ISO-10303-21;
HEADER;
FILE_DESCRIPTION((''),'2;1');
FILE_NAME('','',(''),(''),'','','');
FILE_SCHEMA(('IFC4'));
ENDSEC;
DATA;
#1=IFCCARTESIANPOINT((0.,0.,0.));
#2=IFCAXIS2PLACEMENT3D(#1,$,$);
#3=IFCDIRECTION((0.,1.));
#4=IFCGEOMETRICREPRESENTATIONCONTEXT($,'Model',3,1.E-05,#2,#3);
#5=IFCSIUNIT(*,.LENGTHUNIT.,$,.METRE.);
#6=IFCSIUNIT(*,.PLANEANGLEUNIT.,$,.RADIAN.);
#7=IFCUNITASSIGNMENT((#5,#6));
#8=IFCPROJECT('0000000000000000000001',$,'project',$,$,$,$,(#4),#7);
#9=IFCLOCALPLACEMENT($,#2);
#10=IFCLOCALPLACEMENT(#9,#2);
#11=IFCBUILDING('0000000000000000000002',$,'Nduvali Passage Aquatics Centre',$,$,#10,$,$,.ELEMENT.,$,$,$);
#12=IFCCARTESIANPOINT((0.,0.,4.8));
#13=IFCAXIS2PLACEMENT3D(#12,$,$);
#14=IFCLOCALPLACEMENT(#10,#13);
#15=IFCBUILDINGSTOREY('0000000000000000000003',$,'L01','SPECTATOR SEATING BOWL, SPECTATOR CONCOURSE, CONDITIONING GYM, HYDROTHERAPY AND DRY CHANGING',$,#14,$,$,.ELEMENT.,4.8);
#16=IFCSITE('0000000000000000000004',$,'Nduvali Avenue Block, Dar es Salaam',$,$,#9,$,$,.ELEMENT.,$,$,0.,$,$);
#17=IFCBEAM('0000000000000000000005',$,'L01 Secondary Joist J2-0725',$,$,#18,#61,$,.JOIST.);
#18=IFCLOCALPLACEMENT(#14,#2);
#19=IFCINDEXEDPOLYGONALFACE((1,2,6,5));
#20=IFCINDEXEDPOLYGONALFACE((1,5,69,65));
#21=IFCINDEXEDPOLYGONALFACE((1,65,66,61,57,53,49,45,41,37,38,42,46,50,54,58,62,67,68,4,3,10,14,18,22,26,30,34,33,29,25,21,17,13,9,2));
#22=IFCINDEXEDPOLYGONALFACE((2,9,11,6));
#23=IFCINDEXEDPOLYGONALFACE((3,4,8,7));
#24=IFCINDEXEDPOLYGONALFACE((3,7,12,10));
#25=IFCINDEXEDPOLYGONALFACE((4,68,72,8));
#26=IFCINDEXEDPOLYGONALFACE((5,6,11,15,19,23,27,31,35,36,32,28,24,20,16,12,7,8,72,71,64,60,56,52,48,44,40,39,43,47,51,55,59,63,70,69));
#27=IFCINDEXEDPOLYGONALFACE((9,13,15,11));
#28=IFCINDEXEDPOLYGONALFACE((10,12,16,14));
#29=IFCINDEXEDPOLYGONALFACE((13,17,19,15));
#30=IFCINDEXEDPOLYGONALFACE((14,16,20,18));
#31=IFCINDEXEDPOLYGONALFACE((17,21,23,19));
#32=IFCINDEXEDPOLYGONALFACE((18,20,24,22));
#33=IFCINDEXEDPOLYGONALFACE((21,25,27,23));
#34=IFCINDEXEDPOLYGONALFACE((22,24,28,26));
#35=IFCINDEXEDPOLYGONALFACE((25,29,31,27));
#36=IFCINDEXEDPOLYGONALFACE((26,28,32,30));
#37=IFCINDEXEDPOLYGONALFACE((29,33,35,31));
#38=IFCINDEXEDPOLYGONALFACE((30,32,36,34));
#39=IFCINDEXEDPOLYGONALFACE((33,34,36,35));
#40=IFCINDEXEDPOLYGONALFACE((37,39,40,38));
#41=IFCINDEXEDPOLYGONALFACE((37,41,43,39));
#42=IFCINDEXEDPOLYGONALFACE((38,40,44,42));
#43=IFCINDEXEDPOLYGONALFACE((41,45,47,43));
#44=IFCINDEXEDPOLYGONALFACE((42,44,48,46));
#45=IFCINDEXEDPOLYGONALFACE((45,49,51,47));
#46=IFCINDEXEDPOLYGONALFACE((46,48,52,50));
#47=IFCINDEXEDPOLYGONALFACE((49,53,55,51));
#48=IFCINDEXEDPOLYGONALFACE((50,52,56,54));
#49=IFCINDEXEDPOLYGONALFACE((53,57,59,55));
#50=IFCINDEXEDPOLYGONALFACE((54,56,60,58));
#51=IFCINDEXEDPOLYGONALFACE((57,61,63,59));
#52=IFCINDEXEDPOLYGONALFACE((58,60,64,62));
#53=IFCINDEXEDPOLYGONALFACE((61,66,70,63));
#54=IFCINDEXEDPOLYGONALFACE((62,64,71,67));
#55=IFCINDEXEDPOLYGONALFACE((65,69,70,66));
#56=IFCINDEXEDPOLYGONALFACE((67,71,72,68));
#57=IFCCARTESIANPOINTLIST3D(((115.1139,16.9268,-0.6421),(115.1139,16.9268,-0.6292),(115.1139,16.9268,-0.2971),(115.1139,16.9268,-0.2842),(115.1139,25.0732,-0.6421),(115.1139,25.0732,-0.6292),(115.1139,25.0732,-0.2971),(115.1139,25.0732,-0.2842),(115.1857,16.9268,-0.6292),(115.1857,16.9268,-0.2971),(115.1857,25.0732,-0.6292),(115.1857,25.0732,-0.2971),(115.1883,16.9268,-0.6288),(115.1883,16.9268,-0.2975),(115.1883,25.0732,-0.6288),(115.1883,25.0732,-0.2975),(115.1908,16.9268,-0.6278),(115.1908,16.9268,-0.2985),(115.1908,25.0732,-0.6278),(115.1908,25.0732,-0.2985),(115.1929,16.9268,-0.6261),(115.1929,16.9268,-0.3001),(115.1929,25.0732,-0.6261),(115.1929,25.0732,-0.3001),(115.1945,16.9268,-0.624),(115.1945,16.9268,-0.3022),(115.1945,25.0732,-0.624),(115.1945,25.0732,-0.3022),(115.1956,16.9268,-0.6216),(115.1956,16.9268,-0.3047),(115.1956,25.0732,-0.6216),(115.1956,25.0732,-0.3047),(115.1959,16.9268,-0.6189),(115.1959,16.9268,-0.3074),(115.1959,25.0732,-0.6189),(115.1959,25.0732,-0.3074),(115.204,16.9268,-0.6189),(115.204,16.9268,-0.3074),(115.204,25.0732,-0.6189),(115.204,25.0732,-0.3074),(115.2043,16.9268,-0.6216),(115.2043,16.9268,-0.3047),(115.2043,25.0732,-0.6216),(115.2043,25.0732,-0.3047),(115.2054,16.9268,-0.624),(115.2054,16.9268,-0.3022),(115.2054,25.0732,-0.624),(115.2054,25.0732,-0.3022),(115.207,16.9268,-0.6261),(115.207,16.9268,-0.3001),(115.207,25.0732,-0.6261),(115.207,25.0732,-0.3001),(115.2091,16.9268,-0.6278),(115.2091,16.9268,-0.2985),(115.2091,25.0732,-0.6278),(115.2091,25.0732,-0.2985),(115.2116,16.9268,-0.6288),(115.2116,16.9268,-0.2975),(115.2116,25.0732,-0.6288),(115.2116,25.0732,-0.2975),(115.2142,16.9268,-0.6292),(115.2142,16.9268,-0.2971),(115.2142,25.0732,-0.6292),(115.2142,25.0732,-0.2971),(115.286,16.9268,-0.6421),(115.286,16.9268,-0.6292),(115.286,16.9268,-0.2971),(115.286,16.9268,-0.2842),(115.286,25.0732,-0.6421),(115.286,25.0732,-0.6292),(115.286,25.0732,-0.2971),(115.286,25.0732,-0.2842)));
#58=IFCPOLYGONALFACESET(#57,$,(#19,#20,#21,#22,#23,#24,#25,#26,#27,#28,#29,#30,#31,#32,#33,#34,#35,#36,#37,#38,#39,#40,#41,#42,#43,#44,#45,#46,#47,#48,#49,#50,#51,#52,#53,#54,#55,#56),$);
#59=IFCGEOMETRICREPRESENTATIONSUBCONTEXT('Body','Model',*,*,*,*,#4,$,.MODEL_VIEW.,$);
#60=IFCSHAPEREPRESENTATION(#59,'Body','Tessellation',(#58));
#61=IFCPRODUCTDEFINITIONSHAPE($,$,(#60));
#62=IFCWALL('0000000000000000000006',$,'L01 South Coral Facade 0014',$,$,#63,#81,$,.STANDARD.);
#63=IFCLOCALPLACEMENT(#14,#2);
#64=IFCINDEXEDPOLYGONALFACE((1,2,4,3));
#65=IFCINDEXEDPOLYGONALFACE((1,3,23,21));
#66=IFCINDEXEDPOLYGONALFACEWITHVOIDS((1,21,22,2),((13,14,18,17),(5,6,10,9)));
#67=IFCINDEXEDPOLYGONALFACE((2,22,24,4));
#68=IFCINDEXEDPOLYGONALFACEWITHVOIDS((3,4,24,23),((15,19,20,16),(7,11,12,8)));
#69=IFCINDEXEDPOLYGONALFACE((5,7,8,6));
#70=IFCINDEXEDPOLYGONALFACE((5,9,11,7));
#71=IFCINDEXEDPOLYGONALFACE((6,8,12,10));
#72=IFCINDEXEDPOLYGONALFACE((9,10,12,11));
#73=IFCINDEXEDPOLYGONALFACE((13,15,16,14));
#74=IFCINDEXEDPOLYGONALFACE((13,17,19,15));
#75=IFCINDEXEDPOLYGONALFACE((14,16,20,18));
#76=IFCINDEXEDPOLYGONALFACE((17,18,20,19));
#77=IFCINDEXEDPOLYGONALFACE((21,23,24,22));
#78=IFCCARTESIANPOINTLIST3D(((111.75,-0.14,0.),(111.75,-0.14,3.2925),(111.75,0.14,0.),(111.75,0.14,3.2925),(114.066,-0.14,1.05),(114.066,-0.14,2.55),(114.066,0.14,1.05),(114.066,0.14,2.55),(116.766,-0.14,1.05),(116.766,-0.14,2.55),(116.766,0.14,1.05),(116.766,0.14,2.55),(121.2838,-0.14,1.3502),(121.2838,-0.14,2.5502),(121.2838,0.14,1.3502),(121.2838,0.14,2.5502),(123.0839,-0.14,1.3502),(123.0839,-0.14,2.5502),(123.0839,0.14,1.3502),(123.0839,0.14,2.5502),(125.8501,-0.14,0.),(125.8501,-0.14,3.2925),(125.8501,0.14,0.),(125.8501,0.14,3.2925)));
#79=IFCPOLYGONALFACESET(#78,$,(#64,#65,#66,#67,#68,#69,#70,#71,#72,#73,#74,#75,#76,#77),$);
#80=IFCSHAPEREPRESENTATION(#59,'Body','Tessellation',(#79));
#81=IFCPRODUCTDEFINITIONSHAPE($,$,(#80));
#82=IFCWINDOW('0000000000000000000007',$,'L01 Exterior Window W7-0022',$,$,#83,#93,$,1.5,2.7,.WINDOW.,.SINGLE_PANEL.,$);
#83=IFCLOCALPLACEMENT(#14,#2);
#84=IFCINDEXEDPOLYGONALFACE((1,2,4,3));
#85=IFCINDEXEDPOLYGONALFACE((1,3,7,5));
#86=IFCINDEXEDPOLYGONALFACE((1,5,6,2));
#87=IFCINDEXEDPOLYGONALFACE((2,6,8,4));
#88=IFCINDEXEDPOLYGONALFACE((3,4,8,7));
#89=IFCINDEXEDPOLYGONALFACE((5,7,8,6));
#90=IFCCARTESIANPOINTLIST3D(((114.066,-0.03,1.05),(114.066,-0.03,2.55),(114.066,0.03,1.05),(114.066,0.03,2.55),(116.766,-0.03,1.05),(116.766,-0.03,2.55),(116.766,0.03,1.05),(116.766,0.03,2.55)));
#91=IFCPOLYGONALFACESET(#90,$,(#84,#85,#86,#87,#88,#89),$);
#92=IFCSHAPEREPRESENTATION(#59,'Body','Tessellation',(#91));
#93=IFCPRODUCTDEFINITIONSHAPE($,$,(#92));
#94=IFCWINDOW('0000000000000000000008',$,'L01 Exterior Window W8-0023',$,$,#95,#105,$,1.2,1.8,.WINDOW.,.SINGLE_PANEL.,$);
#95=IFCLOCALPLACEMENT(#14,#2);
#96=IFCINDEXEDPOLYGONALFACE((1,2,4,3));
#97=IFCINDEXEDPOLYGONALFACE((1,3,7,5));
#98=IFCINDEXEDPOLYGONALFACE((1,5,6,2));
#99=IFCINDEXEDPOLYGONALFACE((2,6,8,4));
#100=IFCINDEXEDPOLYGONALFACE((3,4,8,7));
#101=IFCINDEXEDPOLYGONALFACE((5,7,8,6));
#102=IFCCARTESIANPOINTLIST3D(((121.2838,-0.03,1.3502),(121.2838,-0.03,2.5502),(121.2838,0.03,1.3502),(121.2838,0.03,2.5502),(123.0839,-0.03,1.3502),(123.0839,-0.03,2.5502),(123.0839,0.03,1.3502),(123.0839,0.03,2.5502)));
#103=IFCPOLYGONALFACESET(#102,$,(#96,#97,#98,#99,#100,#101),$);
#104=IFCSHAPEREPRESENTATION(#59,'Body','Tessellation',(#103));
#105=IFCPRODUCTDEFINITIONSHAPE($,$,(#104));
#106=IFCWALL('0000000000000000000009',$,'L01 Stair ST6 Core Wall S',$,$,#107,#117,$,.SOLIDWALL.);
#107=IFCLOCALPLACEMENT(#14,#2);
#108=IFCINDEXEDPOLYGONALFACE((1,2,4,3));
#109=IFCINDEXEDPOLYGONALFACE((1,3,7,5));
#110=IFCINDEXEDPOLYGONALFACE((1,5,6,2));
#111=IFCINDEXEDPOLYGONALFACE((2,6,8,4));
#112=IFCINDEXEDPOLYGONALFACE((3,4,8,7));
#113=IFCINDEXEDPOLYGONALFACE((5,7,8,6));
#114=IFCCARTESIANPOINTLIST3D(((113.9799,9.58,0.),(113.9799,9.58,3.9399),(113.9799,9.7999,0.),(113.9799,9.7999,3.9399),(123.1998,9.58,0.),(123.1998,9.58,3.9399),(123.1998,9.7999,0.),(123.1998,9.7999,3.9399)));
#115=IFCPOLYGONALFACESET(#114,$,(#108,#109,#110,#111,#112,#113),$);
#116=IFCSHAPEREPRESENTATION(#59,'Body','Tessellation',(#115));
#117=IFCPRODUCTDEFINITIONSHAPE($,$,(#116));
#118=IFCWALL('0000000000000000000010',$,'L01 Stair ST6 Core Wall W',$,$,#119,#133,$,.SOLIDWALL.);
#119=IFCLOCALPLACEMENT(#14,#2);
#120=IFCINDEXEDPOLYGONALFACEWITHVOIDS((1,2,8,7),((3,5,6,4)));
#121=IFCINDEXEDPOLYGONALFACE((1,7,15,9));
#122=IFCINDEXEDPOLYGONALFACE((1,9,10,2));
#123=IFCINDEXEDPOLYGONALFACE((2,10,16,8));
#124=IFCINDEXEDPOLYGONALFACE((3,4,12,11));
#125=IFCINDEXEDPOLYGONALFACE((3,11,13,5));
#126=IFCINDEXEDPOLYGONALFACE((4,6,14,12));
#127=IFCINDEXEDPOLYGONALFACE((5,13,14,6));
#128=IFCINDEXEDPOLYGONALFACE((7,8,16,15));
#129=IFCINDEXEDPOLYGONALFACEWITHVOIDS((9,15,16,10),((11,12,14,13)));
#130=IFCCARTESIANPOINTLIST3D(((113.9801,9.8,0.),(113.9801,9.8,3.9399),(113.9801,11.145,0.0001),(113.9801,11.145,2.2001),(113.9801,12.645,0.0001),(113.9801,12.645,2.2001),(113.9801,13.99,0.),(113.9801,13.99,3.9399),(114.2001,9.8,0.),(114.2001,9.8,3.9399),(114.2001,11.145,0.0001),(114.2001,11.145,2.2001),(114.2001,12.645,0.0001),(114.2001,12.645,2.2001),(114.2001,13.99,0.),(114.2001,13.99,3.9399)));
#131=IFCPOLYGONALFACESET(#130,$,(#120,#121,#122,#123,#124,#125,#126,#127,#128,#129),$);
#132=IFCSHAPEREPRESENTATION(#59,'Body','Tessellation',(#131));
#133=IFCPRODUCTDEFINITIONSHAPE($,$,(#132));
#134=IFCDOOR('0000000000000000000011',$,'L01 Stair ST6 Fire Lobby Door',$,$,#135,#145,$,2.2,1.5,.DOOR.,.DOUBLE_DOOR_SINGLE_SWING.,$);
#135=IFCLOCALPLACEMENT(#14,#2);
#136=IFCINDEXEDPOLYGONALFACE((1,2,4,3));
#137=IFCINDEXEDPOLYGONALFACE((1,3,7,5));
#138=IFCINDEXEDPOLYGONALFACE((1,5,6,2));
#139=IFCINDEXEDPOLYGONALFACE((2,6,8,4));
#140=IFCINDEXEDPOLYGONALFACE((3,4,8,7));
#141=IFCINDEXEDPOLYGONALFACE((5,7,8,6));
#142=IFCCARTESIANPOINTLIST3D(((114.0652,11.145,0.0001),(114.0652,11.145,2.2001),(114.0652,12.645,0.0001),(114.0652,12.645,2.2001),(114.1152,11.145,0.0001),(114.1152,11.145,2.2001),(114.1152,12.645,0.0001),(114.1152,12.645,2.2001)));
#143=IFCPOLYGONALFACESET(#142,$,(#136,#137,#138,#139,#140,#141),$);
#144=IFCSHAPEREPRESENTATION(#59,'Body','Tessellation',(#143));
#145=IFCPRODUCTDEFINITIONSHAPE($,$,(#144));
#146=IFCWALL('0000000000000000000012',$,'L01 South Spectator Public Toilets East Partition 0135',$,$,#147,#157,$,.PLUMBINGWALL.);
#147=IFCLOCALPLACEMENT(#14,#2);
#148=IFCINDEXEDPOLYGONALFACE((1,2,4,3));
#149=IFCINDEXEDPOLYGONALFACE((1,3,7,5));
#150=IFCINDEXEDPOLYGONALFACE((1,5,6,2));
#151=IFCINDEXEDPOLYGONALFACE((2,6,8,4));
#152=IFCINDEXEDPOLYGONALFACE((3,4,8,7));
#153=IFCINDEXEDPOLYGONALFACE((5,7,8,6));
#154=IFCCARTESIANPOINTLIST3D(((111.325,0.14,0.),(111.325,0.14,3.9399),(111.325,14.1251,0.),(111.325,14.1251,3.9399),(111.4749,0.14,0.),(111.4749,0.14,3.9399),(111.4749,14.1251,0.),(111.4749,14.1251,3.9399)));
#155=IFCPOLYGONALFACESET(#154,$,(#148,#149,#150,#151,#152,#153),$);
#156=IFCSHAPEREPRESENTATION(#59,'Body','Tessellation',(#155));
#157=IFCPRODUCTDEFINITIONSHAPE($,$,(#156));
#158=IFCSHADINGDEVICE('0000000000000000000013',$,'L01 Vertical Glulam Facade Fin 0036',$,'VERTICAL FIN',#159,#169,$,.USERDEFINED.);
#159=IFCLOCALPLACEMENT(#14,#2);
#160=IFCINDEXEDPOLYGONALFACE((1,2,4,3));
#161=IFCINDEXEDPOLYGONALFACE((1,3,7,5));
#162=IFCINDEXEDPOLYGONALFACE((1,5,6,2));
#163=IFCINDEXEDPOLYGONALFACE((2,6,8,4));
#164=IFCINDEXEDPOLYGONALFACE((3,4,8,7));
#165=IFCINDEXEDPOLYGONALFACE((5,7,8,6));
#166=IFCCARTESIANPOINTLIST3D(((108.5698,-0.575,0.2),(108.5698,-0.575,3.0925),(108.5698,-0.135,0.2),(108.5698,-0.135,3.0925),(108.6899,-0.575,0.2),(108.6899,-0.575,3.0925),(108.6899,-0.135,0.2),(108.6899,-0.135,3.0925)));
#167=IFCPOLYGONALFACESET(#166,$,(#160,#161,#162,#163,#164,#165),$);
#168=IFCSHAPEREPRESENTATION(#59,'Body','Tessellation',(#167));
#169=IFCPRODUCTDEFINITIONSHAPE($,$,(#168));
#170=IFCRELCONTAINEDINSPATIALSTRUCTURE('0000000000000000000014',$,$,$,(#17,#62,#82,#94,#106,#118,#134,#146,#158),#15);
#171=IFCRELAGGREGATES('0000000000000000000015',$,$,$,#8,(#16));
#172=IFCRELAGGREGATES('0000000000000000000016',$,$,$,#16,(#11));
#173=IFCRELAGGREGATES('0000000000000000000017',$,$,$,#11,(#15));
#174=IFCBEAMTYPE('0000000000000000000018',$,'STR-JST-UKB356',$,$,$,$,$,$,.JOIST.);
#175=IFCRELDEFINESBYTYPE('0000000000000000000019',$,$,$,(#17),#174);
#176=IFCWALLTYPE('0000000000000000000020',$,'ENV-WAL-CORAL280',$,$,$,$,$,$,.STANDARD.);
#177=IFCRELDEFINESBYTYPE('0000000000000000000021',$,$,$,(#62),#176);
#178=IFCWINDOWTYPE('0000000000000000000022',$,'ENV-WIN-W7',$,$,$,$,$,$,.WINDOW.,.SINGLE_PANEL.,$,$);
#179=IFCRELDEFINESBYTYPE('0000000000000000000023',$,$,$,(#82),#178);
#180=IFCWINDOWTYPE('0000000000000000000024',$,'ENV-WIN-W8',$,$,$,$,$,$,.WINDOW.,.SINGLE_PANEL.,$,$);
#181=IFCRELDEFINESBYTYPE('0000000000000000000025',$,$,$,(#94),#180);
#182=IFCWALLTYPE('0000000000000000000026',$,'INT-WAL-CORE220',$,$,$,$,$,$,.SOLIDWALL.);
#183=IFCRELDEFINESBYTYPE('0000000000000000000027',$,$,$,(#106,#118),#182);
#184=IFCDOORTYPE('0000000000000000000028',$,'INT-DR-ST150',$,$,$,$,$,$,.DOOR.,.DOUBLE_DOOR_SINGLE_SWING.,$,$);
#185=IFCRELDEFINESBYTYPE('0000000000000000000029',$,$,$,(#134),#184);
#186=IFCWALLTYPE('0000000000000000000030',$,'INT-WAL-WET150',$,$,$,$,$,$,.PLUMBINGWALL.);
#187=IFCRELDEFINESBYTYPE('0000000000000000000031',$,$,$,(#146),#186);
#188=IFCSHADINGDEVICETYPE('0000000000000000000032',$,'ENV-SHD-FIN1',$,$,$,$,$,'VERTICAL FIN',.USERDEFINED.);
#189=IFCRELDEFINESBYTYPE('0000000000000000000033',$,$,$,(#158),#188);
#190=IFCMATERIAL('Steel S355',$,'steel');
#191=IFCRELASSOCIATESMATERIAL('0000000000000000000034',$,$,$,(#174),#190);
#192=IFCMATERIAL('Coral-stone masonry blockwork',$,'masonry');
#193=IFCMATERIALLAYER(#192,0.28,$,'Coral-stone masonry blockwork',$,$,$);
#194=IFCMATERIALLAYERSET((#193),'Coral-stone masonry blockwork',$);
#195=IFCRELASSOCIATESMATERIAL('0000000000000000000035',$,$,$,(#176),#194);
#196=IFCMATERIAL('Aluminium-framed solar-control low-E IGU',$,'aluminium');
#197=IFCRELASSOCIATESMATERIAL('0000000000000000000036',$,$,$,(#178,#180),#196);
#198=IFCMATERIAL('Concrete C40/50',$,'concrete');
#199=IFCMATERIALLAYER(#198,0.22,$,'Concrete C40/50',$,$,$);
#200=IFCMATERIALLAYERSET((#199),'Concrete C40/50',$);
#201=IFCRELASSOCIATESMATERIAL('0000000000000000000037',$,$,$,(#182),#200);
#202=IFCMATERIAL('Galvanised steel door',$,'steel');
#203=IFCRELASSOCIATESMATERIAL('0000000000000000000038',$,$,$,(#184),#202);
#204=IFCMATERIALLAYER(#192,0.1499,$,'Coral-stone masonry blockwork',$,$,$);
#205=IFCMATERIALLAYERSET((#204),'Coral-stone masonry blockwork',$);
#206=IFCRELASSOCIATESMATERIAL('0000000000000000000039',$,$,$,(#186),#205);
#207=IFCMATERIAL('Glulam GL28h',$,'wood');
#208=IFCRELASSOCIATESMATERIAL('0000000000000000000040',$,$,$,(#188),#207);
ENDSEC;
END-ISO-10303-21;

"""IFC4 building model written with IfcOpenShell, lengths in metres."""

from ifc_helpers import new_model, si_unit, direction, frame, frame_2d, origin, origin_2d, place, context, subcontext, project, spatial, rectangle, i_section, extrude, material, layer, layer_set, material_profile, profile_set, type_object, element, fill, save


model = new_model("IFC4")

# Units and contexts
model_context = context("Model", 3, precision=1e-05, world=origin(), true_north=direction((0.0, 1.0)))
body_context = subcontext(model_context, "Body", "Model", "MODEL_VIEW")
ifc_project = project(units=[si_unit("LENGTHUNIT", "METRE"), si_unit("PLANEANGLEUNIT", "RADIAN")], contexts=[model_context])

# Site, building, storey
site_placement = place(None, origin())
site = spatial("IfcSite", under=ifc_project, at=site_placement, Name="Nduvali Avenue Block, Dar es Salaam", CompositionType="ELEMENT", RefElevation=0.0)
building_placement = place(site_placement, origin())
building = spatial("IfcBuilding", under=site, at=building_placement, Name="Nduvali Passage Aquatics Centre", CompositionType="ELEMENT")
storey_placement = place(building_placement, frame((0.0, 0.0, 4.8)))
storey = spatial("IfcBuildingStorey", under=building, at=storey_placement, Name="L01", Description="SPECTATOR SEATING BOWL, SPECTATOR CONCOURSE, CONDITIONING GYM, HYDROTHERAPY AND DRY CHANGING", CompositionType="ELEMENT", Elevation=4.8)

# Shared definitions
ifc_material_1 = material(Name="Steel S355", Category="steel")

# Beam
ifc_material_profile_1 = material_profile(ifc_material_1, i_section(OverallWidth=0.1721, OverallDepth=0.3579, WebThickness=0.0081, FlangeThickness=0.0129, FilletRadius=0.0103, at=origin_2d()), Name="UKB 356x171x57")
ifc_profile_set_1 = profile_set([ifc_material_profile_1], Name="Steel S355")
beam_type_1 = type_object("IfcBeamType", Name="STR-JST-UKB356", PredefinedType="JOIST", material=ifc_profile_set_1)
beam_1_placement = place(storey_placement, frame((115.2, 16.9268, -0.4631), z_axis=(0.0, 1.0, 0.0), x_axis=(-1.0, 0.0, 0.0)))
element("IfcBeam", 1, at=beam_1_placement, inside=storey, type_object=beam_type_1, Name="L01 Secondary Joist J2-0725", PredefinedType="JOIST", context=body_context, shape_type="SweptSolid", body=[
    extrude(i_section(OverallWidth=0.1721, OverallDepth=0.3579, WebThickness=0.0081, FlangeThickness=0.0129, FilletRadius=0.0103, at=origin_2d()), origin(), (0.0, 0.0, 1.0), 8.1465),
])

# Wall, openings, windows
ifc_material_2 = material(Name="Coral-stone masonry blockwork", Category="masonry")
ifc_layer_1 = layer(ifc_material_2, 0.28, Name="Coral-stone masonry blockwork")
ifc_layer_set_1 = layer_set([ifc_layer_1], Name="Coral-stone masonry blockwork")
wall_type_1 = type_object("IfcWallType", Name="ENV-WAL-CORAL280", PredefinedType="STANDARD", material=ifc_layer_set_1)
wall_1_placement = place(storey_placement, frame((111.75, 0.0, 0.0), z_axis=(0.0, 0.0, 1.0), x_axis=(1.0, 0.0, 0.0)))
wall_1 = element("IfcWall", 2, at=wall_1_placement, inside=storey, type_object=wall_type_1, Name="L01 South Coral Facade 0014", PredefinedType="STANDARD", context=body_context, shape_type="SweptSolid", body=[
    extrude(rectangle(XDim=14.1001, YDim=0.28, at=frame_2d((7.05, 0.0))), origin(), (0.0, 0.0, 1.0), 3.2925),
])
opening_1_placement = place(wall_1_placement, frame((2.3159, 0.0, 1.05)))
opening_1 = element("IfcOpeningElement", 3, at=opening_1_placement, cuts=wall_1, PredefinedType="OPENING", context=body_context, shape_type="SweptSolid", body=[
    extrude(rectangle(XDim=2.7, YDim=1.5, at=frame_2d((1.3501, 0.75))), frame((0.0, 0.1548, 0.0), z_axis=(0.0, -1.0, 0.0), x_axis=(1.0, 0.0, 0.0)), (0.0, 0.0, 1.0), 0.3098),
])
opening_2_placement = place(wall_1_placement, frame((9.5339, 0.0, 1.3501)))
opening_2 = element("IfcOpeningElement", 4, at=opening_2_placement, cuts=wall_1, PredefinedType="OPENING", context=body_context, shape_type="SweptSolid", body=[
    extrude(rectangle(XDim=1.8, YDim=1.2, at=frame_2d((0.8999, 0.6001))), frame((0.0, 0.1548, 0.0), z_axis=(0.0, -1.0, 0.0), x_axis=(1.0, 0.0, 0.0)), (0.0, 0.0, 1.0), 0.3098),
])
ifc_material_3 = material(Name="Aluminium-framed solar-control low-E IGU", Category="aluminium")
window_type_1 = type_object("IfcWindowType", Name="ENV-WIN-W7", PartitioningType="SINGLE_PANEL", PredefinedType="WINDOW", material=ifc_material_3)
window_1_placement = place(opening_1_placement, origin())
window_1 = element("IfcWindow", 5, at=window_1_placement, inside=storey, type_object=window_type_1, Name="L01 Exterior Window W7-0022", OverallHeight=1.5, OverallWidth=2.7, PartitioningType="SINGLE_PANEL", PredefinedType="WINDOW", context=body_context, shape_type="SweptSolid", body=[
    extrude(rectangle(XDim=2.7, YDim=1.5, at=frame_2d((1.3501, 0.75))), frame((0.0, 0.03, 0.0), z_axis=(0.0, -1.0, 0.0), x_axis=(1.0, 0.0, 0.0)), (0.0, 0.0, 1.0), 0.0601),
])
fill(opening_1, window_1)
window_type_2 = type_object("IfcWindowType", Name="ENV-WIN-W8", PartitioningType="SINGLE_PANEL", PredefinedType="WINDOW", material=ifc_material_3)
window_2_placement = place(opening_2_placement, origin())
window_2 = element("IfcWindow", 6, at=window_2_placement, inside=storey, type_object=window_type_2, Name="L01 Exterior Window W8-0023", OverallHeight=1.2, OverallWidth=1.8, PartitioningType="SINGLE_PANEL", PredefinedType="WINDOW", context=body_context, shape_type="SweptSolid", body=[
    extrude(rectangle(XDim=1.8, YDim=1.2, at=frame_2d((0.8999, 0.6001))), frame((0.0, 0.03, 0.0), z_axis=(0.0, -1.0, 0.0), x_axis=(1.0, 0.0, 0.0)), (0.0, 0.0, 1.0), 0.0601),
])
fill(opening_2, window_2)

# Wall
ifc_material_4 = material(Name="Concrete C40/50", Category="concrete")
ifc_layer_2 = layer(ifc_material_4, 0.22, Name="Concrete C40/50")
ifc_layer_set_2 = layer_set([ifc_layer_2], Name="Concrete C40/50")
wall_type_2 = type_object("IfcWallType", Name="INT-WAL-CORE220", PredefinedType="SOLIDWALL", material=ifc_layer_set_2)
wall_2_placement = place(storey_placement, frame((113.98, 9.6899, 0.0), z_axis=(0.0, 0.0, 1.0), x_axis=(1.0, 0.0, 0.0)))
element("IfcWall", 7, at=wall_2_placement, inside=storey, type_object=wall_type_2, Name="L01 Stair ST6 Core Wall S", PredefinedType="SOLIDWALL", context=body_context, shape_type="SweptSolid", body=[
    extrude(rectangle(XDim=9.22, YDim=0.22, at=frame_2d((4.6099, 0.0))), origin(), (0.0, 0.0, 1.0), 3.9399),
])

# Wall, opening, door
wall_3_placement = place(storey_placement, frame((114.0901, 13.99, 0.0), z_axis=(0.0, 0.0, 1.0), x_axis=(0.0, -1.0, 0.0)))
wall_3 = element("IfcWall", 8, at=wall_3_placement, inside=storey, type_object=wall_type_2, Name="L01 Stair ST6 Core Wall W", PredefinedType="SOLIDWALL", context=body_context, shape_type="SweptSolid", body=[
    extrude(rectangle(XDim=4.1899, YDim=0.22, at=frame_2d((2.095, 0.0))), origin(), (0.0, 0.0, 1.0), 3.9399),
])
opening_3_placement = place(wall_3_placement, frame((1.345, 0.0, 0.0)))
opening_3 = element("IfcOpeningElement", 9, at=opening_3_placement, cuts=wall_3, PredefinedType="OPENING", context=body_context, shape_type="SweptSolid", body=[
    extrude(rectangle(XDim=1.5, YDim=2.2, at=frame_2d((0.75, 1.1001))), frame((0.0, 0.125, 0.0), z_axis=(0.0, -1.0, 0.0), x_axis=(1.0, 0.0, 0.0)), (0.0, 0.0, 1.0), 0.2498),
])
ifc_material_5 = material(Name="Galvanised steel door", Category="steel")
door_type = type_object("IfcDoorType", Name="INT-DR-ST150", OperationType="DOUBLE_DOOR_SINGLE_SWING", PredefinedType="DOOR", material=ifc_material_5)
door_placement = place(opening_3_placement, frame((1.5, 0.0, 0.0), z_axis=(0.0, 0.0, 1.0), x_axis=(-1.0, 0.0, 0.0)))
door = element("IfcDoor", 10, at=door_placement, inside=storey, type_object=door_type, Name="L01 Stair ST6 Fire Lobby Door", OperationType="DOUBLE_DOOR_SINGLE_SWING", OverallHeight=2.2, OverallWidth=1.5, PredefinedType="DOOR", context=body_context, shape_type="SweptSolid", body=[
    extrude(rectangle(XDim=1.5, YDim=2.2, at=frame_2d((0.75, 1.1001))), frame((0.0, 0.0249, 0.0), z_axis=(0.0, -1.0, 0.0), x_axis=(1.0, 0.0, 0.0)), (0.0, 0.0, 1.0), 0.05),
])
fill(opening_3, door)

# Wall
ifc_layer_3 = layer(ifc_material_2, 0.1499, Name="Coral-stone masonry blockwork")
ifc_layer_set_3 = layer_set([ifc_layer_3], Name="Coral-stone masonry blockwork")
wall_type_3 = type_object("IfcWallType", Name="INT-WAL-WET150", PredefinedType="PLUMBINGWALL", material=ifc_layer_set_3)
wall_4_placement = place(storey_placement, frame((111.3999, 0.1399, 0.0), z_axis=(0.0, 0.0, 1.0), x_axis=(0.0, 1.0, 0.0)))
element("IfcWall", 11, at=wall_4_placement, inside=storey, type_object=wall_type_3, Name="L01 South Spectator Public Toilets East Partition 0135", PredefinedType="PLUMBINGWALL", context=body_context, shape_type="SweptSolid", body=[
    extrude(rectangle(XDim=13.9851, YDim=0.1499, at=frame_2d((6.9927, 0.0))), origin(), (0.0, 0.0, 1.0), 3.9399),
])

# Shading device
ifc_material_6 = material(Name="Glulam GL28h", Category="wood")
shading_device_type_1 = type_object("IfcShadingDeviceType", Name="ENV-SHD-FIN1", ElementType="VERTICAL FIN", PredefinedType="USERDEFINED", material=ifc_material_6)
shading_device_1_placement = place(storey_placement, frame((108.6299, -0.355, 0.2), z_axis=(0.0, 0.0, 1.0), x_axis=(1.0, 0.0, 0.0)))
element("IfcShadingDevice", 12, at=shading_device_1_placement, inside=storey, type_object=shading_device_type_1, Name="L01 Vertical Glulam Facade Fin 0036", ObjectType="VERTICAL FIN", PredefinedType="USERDEFINED", context=body_context, shape_type="SweptSolid", body=[
    extrude(rectangle(XDim=0.1201, YDim=0.4399, at=origin_2d()), origin(), (0.0, 0.0, 1.0), 2.8926),
])

save(model, "model.ifc")
